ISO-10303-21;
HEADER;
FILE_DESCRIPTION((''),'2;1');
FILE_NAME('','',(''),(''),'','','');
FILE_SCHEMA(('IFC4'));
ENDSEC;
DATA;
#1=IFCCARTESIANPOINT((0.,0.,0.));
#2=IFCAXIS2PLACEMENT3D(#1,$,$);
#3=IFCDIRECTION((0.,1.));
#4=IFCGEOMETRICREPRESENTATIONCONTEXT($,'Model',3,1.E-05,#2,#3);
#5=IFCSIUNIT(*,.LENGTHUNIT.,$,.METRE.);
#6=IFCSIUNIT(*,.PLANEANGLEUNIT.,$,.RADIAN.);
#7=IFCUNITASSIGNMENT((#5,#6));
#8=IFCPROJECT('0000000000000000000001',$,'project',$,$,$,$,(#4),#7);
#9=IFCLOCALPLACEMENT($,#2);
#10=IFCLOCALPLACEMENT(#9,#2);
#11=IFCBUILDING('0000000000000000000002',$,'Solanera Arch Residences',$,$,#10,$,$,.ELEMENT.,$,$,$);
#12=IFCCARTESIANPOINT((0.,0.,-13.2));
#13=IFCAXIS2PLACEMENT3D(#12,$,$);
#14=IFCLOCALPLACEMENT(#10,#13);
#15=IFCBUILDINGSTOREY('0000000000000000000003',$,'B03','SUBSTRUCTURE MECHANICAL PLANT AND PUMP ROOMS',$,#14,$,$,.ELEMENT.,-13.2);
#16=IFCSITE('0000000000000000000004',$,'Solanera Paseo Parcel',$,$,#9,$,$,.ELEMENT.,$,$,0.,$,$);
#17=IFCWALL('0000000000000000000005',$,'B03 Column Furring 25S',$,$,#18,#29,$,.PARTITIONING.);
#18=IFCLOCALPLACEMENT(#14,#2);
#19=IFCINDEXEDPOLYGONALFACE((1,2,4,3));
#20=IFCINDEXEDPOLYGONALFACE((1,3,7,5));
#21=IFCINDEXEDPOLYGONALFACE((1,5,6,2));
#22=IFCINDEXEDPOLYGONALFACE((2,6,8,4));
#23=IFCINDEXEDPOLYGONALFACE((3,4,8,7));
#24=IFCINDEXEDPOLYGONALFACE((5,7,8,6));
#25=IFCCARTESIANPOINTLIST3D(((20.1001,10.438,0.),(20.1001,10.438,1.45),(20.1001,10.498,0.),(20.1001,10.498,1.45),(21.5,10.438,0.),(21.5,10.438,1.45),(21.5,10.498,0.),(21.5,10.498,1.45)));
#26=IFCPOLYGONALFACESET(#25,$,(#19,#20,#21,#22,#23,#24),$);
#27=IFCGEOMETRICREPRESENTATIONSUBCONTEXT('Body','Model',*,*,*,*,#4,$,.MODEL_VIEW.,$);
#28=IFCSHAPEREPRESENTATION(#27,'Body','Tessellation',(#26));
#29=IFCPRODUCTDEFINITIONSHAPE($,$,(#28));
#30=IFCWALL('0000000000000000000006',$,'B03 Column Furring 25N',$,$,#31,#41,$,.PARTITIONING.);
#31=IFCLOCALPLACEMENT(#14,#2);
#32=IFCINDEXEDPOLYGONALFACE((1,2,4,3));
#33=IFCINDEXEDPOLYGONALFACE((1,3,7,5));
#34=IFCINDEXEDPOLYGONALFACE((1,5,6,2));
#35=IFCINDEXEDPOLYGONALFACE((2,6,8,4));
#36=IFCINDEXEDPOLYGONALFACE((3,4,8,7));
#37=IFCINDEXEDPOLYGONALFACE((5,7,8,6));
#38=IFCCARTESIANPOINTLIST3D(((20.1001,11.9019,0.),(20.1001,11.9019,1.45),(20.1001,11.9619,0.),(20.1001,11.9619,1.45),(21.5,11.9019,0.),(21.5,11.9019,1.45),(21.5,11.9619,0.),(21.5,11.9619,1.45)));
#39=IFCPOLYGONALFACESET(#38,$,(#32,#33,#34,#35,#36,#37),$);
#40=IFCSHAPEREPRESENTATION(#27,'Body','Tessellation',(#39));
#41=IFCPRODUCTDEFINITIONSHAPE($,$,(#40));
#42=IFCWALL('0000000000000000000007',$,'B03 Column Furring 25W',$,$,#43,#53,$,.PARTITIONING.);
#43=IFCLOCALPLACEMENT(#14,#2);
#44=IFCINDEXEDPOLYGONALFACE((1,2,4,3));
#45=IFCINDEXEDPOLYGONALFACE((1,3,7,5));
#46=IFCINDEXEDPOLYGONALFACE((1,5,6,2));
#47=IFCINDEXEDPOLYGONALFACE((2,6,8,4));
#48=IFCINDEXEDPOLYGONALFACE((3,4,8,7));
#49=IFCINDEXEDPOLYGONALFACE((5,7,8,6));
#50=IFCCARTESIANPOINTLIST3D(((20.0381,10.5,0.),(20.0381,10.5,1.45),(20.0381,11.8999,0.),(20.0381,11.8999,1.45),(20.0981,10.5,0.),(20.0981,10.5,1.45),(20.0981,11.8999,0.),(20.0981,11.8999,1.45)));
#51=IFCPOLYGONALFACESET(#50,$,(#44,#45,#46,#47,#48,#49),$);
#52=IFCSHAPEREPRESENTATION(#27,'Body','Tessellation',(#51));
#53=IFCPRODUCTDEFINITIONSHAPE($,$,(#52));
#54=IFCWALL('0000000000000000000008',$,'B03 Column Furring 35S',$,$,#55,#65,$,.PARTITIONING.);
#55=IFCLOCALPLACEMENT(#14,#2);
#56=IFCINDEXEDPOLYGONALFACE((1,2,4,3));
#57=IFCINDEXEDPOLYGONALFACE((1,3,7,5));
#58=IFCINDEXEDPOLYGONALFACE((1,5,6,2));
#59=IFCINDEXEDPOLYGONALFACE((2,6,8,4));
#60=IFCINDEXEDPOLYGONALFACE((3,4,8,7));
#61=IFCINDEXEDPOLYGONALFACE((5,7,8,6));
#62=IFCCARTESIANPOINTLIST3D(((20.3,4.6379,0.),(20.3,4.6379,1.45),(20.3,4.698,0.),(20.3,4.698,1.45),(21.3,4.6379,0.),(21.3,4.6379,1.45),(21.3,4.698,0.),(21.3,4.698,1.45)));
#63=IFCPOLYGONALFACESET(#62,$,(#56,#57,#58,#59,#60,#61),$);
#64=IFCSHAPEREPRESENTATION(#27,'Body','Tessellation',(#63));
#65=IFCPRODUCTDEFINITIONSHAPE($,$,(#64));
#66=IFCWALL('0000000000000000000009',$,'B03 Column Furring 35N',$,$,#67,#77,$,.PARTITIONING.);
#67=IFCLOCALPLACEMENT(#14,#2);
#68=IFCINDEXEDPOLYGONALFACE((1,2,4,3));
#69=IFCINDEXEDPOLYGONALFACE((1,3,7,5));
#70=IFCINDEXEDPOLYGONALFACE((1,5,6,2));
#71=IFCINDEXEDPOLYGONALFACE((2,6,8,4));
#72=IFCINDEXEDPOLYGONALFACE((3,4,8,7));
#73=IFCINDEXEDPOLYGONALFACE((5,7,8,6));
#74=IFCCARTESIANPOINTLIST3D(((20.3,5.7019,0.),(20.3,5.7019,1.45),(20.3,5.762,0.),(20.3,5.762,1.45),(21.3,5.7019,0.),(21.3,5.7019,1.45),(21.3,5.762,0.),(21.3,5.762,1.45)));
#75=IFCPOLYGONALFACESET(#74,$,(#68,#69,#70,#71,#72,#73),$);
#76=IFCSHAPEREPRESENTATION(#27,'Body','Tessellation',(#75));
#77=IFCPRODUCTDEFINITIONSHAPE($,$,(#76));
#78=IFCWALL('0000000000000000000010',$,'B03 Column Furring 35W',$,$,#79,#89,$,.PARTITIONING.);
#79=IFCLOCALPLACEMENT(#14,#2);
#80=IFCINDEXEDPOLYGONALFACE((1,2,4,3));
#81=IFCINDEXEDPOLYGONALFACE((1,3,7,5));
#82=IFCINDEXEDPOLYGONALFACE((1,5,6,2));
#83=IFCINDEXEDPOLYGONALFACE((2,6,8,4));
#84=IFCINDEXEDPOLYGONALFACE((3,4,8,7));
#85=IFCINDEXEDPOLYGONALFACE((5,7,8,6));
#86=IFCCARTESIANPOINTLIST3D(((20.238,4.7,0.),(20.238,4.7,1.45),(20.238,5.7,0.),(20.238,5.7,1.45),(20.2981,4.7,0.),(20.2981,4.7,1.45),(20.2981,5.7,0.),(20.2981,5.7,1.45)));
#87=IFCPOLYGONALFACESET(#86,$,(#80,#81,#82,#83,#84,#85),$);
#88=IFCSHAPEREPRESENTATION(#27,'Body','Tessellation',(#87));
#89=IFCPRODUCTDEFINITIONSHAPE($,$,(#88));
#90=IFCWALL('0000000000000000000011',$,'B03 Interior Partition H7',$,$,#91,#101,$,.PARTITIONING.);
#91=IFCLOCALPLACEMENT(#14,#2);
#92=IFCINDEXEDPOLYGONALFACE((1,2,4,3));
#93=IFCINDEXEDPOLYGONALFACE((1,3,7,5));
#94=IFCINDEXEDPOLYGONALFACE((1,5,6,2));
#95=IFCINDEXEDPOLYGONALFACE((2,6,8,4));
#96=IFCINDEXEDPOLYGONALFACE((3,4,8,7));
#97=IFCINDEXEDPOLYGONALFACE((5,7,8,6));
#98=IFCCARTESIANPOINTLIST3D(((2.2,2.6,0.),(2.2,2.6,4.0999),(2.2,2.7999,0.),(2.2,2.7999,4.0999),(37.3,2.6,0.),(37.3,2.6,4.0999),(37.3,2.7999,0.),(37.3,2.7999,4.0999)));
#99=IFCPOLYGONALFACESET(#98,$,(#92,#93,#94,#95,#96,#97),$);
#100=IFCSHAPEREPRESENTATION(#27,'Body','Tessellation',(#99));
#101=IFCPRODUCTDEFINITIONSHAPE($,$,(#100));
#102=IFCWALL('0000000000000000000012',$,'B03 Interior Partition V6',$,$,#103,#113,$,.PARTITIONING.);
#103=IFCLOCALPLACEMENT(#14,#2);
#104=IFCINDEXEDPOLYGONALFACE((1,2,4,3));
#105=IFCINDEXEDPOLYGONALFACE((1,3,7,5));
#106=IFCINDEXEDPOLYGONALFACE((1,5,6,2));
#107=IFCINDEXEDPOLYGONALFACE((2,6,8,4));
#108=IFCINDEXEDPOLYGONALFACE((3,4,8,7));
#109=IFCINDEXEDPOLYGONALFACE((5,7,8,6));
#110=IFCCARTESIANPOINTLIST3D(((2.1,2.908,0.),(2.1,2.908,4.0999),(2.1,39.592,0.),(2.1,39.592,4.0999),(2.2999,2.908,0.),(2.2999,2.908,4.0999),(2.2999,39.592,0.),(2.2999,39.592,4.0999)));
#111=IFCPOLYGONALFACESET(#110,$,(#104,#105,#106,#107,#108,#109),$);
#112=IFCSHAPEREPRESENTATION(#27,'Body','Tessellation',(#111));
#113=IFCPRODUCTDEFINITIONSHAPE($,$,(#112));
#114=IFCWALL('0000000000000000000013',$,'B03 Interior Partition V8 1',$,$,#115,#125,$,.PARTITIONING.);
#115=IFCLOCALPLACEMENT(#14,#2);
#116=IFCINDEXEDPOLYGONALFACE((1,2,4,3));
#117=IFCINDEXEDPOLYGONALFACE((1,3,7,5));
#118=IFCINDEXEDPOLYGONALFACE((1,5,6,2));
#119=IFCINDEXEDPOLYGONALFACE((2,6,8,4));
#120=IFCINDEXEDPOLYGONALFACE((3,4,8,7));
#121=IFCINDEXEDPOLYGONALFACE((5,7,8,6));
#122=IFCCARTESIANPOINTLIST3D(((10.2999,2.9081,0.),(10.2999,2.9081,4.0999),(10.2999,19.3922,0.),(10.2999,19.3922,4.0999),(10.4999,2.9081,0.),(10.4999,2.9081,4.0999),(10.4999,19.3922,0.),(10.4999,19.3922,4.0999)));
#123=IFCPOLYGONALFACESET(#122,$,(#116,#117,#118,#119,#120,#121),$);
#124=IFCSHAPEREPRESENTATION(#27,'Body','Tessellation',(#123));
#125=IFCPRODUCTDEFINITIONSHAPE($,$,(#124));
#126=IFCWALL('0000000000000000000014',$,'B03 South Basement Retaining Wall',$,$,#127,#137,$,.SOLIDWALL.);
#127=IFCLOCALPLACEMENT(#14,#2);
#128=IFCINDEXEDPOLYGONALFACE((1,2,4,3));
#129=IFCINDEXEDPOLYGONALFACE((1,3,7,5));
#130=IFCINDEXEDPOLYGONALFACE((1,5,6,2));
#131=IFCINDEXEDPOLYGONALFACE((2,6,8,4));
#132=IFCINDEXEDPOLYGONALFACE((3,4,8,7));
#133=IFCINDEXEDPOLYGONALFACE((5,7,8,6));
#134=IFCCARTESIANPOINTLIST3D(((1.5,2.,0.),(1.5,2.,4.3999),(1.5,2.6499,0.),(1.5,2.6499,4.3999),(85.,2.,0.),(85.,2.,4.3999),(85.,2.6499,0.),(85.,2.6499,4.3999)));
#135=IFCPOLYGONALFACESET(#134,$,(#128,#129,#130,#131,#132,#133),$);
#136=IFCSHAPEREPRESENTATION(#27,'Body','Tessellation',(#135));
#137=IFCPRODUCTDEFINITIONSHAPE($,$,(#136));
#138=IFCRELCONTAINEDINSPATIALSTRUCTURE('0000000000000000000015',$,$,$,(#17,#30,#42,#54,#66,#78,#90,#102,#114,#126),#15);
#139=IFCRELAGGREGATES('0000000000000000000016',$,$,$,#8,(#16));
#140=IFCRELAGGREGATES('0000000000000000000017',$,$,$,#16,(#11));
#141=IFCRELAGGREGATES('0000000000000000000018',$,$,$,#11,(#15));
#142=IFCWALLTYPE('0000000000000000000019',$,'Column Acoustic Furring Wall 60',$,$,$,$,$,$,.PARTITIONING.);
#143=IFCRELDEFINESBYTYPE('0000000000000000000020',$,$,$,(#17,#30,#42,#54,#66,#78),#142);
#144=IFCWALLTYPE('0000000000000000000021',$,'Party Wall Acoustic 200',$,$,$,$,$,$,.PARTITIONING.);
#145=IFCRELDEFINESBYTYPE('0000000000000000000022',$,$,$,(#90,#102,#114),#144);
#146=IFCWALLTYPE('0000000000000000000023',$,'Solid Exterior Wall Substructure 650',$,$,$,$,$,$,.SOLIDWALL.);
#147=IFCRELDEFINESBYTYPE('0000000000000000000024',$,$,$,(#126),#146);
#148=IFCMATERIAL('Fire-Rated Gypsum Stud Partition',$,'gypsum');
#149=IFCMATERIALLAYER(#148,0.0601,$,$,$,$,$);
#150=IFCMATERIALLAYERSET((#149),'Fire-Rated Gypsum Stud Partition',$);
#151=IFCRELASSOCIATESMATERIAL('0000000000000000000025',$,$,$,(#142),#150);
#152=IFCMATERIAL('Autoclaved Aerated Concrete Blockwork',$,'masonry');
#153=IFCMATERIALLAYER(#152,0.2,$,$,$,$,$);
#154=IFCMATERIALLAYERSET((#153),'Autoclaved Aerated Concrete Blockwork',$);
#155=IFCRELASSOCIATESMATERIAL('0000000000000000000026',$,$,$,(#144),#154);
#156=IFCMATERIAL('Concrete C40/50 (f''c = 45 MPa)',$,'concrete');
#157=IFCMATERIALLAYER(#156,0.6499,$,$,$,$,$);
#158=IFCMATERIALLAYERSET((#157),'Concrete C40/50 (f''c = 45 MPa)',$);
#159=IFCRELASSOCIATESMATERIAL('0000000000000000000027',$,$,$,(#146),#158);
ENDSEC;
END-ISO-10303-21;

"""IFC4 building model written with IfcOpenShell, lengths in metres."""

from ifc_helpers import new_model, si_unit, direction, frame, frame_2d, origin, place, context, subcontext, project, spatial, rectangle, extrude, material, layer, layer_set, type_object, element, save


model = new_model("IFC4")

# Units and contexts
model_context = context("Model", 3, precision=1e-05, world=origin(), true_north=direction((0.0, 1.0)))
body_context = subcontext(model_context, "Body", "Model", "MODEL_VIEW")
ifc_project = project(units=[si_unit("LENGTHUNIT", "METRE"), si_unit("PLANEANGLEUNIT", "RADIAN")], contexts=[model_context])

# Site, building, storey
site_placement = place(None, origin())
site = spatial("IfcSite", under=ifc_project, at=site_placement, Name="Solanera Paseo Parcel", CompositionType="ELEMENT", RefElevation=0.0)
building_placement = place(site_placement, origin())
building = spatial("IfcBuilding", under=site, at=building_placement, Name="Solanera Arch Residences", CompositionType="ELEMENT")
storey_placement = place(building_placement, frame((0.0, 0.0, -13.2)))
storey = spatial("IfcBuildingStorey", under=building, at=storey_placement, Name="B03", Description="SUBSTRUCTURE MECHANICAL PLANT AND PUMP ROOMS", CompositionType="ELEMENT", Elevation=-13.2)

# Walls
ifc_material_1 = material(Name="Fire-Rated Gypsum Stud Partition", Category="gypsum")
ifc_layer_1 = layer(ifc_material_1, 0.0601)
ifc_layer_set_1 = layer_set([ifc_layer_1], Name="Fire-Rated Gypsum Stud Partition")
wall_type_1 = type_object("IfcWallType", Name="Column Acoustic Furring Wall 60", PredefinedType="PARTITIONING", material=ifc_layer_set_1)
for number, where, z_axis, x_axis, name in (
    (1, (20.1001, 10.468, 0.0), (0.0, 0.0, 1.0), (1.0, 0.0, 0.0), "B03 Column Furring 25S"),
    (2, (20.1001, 11.9319, 0.0), (0.0, 0.0, 1.0), (1.0, 0.0, 0.0), "B03 Column Furring 25N"),
    (3, (20.0681, 10.5, 0.0), (0.0, 0.0, 1.0), (0.0, 1.0, 0.0), "B03 Column Furring 25W"),
):
    element("IfcWall", number, at=place(storey_placement, frame(where, z_axis=z_axis, x_axis=x_axis)), inside=storey, type_object=wall_type_1, Name=name, PredefinedType="PARTITIONING", context=body_context, shape_type="SweptSolid", body=[
        extrude(rectangle(XDim=1.3999, YDim=0.0601, at=frame_2d((0.7, 0.0))), origin(), (0.0, 0.0, 1.0), 1.45),
    ])
for number, where, z_axis, x_axis, name in (
    (4, (20.3, 4.668, 0.0), (0.0, 0.0, 1.0), (1.0, 0.0, 0.0), "B03 Column Furring 35S"),
    (5, (20.3, 5.7319, 0.0), (0.0, 0.0, 1.0), (1.0, 0.0, 0.0), "B03 Column Furring 35N"),
    (6, (20.2681, 4.7, 0.0), (0.0, 0.0, 1.0), (0.0, 1.0, 0.0), "B03 Column Furring 35W"),
):
    element("IfcWall", number, at=place(storey_placement, frame(where, z_axis=z_axis, x_axis=x_axis)), inside=storey, type_object=wall_type_1, Name=name, PredefinedType="PARTITIONING", context=body_context, shape_type="SweptSolid", body=[
        extrude(rectangle(XDim=1.0, YDim=0.0601, at=frame_2d((0.5, 0.0))), origin(), (0.0, 0.0, 1.0), 1.45),
    ])
ifc_material_2 = material(Name="Autoclaved Aerated Concrete Blockwork", Category="masonry")
ifc_layer_2 = layer(ifc_material_2, 0.2)
ifc_layer_set_2 = layer_set([ifc_layer_2], Name="Autoclaved Aerated Concrete Blockwork")
wall_type_2 = type_object("IfcWallType", Name="Party Wall Acoustic 200", PredefinedType="PARTITIONING", material=ifc_layer_set_2)
wall_1_placement = place(storey_placement, frame((2.2, 2.7, 0.0), z_axis=(0.0, 0.0, 1.0), x_axis=(1.0, 0.0, 0.0)))
element("IfcWall", 7, at=wall_1_placement, inside=storey, type_object=wall_type_2, Name="B03 Interior Partition H7", PredefinedType="PARTITIONING", context=body_context, shape_type="SweptSolid", body=[
    extrude(rectangle(XDim=35.1001, YDim=0.2, at=frame_2d((17.55, 0.0))), origin(), (0.0, 0.0, 1.0), 4.0999),
])
wall_2_placement = place(storey_placement, frame((2.2, 2.908, 0.0), z_axis=(0.0, 0.0, 1.0), x_axis=(0.0, 1.0, 0.0)))
element("IfcWall", 8, at=wall_2_placement, inside=storey, type_object=wall_type_2, Name="B03 Interior Partition V6", PredefinedType="PARTITIONING", context=body_context, shape_type="SweptSolid", body=[
    extrude(rectangle(XDim=36.6841, YDim=0.2, at=frame_2d((18.342, 0.0))), origin(), (0.0, 0.0, 1.0), 4.0999),
])
wall_3_placement = place(storey_placement, frame((10.3999, 2.908, 0.0), z_axis=(0.0, 0.0, 1.0), x_axis=(0.0, 1.0, 0.0)))
element("IfcWall", 9, at=wall_3_placement, inside=storey, type_object=wall_type_2, Name="B03 Interior Partition V8 1", PredefinedType="PARTITIONING", context=body_context, shape_type="SweptSolid", body=[
    extrude(rectangle(XDim=16.4841, YDim=0.2, at=frame_2d((8.2422, 0.0))), origin(), (0.0, 0.0, 1.0), 4.0999),
])
ifc_material_3 = material(Name="Concrete C40/50 (f'c = 45 MPa)", Category="concrete")
ifc_layer_3 = layer(ifc_material_3, 0.6499)
ifc_layer_set_3 = layer_set([ifc_layer_3], Name="Concrete C40/50 (f'c = 45 MPa)")
wall_type_3 = type_object("IfcWallType", Name="Solid Exterior Wall Substructure 650", PredefinedType="SOLIDWALL", material=ifc_layer_set_3)
wall_4_placement = place(storey_placement, frame((1.5, 2.325, 0.0), z_axis=(0.0, 0.0, 1.0), x_axis=(1.0, 0.0, 0.0)))
element("IfcWall", 10, at=wall_4_placement, inside=storey, type_object=wall_type_3, Name="B03 South Basement Retaining Wall", PredefinedType="SOLIDWALL", context=body_context, shape_type="SweptSolid", body=[
    extrude(rectangle(XDim=83.5, YDim=0.6499, at=frame_2d((41.75, 0.0))), origin(), (0.0, 0.0, 1.0), 4.3999),
])

save(model, "model.ifc")
